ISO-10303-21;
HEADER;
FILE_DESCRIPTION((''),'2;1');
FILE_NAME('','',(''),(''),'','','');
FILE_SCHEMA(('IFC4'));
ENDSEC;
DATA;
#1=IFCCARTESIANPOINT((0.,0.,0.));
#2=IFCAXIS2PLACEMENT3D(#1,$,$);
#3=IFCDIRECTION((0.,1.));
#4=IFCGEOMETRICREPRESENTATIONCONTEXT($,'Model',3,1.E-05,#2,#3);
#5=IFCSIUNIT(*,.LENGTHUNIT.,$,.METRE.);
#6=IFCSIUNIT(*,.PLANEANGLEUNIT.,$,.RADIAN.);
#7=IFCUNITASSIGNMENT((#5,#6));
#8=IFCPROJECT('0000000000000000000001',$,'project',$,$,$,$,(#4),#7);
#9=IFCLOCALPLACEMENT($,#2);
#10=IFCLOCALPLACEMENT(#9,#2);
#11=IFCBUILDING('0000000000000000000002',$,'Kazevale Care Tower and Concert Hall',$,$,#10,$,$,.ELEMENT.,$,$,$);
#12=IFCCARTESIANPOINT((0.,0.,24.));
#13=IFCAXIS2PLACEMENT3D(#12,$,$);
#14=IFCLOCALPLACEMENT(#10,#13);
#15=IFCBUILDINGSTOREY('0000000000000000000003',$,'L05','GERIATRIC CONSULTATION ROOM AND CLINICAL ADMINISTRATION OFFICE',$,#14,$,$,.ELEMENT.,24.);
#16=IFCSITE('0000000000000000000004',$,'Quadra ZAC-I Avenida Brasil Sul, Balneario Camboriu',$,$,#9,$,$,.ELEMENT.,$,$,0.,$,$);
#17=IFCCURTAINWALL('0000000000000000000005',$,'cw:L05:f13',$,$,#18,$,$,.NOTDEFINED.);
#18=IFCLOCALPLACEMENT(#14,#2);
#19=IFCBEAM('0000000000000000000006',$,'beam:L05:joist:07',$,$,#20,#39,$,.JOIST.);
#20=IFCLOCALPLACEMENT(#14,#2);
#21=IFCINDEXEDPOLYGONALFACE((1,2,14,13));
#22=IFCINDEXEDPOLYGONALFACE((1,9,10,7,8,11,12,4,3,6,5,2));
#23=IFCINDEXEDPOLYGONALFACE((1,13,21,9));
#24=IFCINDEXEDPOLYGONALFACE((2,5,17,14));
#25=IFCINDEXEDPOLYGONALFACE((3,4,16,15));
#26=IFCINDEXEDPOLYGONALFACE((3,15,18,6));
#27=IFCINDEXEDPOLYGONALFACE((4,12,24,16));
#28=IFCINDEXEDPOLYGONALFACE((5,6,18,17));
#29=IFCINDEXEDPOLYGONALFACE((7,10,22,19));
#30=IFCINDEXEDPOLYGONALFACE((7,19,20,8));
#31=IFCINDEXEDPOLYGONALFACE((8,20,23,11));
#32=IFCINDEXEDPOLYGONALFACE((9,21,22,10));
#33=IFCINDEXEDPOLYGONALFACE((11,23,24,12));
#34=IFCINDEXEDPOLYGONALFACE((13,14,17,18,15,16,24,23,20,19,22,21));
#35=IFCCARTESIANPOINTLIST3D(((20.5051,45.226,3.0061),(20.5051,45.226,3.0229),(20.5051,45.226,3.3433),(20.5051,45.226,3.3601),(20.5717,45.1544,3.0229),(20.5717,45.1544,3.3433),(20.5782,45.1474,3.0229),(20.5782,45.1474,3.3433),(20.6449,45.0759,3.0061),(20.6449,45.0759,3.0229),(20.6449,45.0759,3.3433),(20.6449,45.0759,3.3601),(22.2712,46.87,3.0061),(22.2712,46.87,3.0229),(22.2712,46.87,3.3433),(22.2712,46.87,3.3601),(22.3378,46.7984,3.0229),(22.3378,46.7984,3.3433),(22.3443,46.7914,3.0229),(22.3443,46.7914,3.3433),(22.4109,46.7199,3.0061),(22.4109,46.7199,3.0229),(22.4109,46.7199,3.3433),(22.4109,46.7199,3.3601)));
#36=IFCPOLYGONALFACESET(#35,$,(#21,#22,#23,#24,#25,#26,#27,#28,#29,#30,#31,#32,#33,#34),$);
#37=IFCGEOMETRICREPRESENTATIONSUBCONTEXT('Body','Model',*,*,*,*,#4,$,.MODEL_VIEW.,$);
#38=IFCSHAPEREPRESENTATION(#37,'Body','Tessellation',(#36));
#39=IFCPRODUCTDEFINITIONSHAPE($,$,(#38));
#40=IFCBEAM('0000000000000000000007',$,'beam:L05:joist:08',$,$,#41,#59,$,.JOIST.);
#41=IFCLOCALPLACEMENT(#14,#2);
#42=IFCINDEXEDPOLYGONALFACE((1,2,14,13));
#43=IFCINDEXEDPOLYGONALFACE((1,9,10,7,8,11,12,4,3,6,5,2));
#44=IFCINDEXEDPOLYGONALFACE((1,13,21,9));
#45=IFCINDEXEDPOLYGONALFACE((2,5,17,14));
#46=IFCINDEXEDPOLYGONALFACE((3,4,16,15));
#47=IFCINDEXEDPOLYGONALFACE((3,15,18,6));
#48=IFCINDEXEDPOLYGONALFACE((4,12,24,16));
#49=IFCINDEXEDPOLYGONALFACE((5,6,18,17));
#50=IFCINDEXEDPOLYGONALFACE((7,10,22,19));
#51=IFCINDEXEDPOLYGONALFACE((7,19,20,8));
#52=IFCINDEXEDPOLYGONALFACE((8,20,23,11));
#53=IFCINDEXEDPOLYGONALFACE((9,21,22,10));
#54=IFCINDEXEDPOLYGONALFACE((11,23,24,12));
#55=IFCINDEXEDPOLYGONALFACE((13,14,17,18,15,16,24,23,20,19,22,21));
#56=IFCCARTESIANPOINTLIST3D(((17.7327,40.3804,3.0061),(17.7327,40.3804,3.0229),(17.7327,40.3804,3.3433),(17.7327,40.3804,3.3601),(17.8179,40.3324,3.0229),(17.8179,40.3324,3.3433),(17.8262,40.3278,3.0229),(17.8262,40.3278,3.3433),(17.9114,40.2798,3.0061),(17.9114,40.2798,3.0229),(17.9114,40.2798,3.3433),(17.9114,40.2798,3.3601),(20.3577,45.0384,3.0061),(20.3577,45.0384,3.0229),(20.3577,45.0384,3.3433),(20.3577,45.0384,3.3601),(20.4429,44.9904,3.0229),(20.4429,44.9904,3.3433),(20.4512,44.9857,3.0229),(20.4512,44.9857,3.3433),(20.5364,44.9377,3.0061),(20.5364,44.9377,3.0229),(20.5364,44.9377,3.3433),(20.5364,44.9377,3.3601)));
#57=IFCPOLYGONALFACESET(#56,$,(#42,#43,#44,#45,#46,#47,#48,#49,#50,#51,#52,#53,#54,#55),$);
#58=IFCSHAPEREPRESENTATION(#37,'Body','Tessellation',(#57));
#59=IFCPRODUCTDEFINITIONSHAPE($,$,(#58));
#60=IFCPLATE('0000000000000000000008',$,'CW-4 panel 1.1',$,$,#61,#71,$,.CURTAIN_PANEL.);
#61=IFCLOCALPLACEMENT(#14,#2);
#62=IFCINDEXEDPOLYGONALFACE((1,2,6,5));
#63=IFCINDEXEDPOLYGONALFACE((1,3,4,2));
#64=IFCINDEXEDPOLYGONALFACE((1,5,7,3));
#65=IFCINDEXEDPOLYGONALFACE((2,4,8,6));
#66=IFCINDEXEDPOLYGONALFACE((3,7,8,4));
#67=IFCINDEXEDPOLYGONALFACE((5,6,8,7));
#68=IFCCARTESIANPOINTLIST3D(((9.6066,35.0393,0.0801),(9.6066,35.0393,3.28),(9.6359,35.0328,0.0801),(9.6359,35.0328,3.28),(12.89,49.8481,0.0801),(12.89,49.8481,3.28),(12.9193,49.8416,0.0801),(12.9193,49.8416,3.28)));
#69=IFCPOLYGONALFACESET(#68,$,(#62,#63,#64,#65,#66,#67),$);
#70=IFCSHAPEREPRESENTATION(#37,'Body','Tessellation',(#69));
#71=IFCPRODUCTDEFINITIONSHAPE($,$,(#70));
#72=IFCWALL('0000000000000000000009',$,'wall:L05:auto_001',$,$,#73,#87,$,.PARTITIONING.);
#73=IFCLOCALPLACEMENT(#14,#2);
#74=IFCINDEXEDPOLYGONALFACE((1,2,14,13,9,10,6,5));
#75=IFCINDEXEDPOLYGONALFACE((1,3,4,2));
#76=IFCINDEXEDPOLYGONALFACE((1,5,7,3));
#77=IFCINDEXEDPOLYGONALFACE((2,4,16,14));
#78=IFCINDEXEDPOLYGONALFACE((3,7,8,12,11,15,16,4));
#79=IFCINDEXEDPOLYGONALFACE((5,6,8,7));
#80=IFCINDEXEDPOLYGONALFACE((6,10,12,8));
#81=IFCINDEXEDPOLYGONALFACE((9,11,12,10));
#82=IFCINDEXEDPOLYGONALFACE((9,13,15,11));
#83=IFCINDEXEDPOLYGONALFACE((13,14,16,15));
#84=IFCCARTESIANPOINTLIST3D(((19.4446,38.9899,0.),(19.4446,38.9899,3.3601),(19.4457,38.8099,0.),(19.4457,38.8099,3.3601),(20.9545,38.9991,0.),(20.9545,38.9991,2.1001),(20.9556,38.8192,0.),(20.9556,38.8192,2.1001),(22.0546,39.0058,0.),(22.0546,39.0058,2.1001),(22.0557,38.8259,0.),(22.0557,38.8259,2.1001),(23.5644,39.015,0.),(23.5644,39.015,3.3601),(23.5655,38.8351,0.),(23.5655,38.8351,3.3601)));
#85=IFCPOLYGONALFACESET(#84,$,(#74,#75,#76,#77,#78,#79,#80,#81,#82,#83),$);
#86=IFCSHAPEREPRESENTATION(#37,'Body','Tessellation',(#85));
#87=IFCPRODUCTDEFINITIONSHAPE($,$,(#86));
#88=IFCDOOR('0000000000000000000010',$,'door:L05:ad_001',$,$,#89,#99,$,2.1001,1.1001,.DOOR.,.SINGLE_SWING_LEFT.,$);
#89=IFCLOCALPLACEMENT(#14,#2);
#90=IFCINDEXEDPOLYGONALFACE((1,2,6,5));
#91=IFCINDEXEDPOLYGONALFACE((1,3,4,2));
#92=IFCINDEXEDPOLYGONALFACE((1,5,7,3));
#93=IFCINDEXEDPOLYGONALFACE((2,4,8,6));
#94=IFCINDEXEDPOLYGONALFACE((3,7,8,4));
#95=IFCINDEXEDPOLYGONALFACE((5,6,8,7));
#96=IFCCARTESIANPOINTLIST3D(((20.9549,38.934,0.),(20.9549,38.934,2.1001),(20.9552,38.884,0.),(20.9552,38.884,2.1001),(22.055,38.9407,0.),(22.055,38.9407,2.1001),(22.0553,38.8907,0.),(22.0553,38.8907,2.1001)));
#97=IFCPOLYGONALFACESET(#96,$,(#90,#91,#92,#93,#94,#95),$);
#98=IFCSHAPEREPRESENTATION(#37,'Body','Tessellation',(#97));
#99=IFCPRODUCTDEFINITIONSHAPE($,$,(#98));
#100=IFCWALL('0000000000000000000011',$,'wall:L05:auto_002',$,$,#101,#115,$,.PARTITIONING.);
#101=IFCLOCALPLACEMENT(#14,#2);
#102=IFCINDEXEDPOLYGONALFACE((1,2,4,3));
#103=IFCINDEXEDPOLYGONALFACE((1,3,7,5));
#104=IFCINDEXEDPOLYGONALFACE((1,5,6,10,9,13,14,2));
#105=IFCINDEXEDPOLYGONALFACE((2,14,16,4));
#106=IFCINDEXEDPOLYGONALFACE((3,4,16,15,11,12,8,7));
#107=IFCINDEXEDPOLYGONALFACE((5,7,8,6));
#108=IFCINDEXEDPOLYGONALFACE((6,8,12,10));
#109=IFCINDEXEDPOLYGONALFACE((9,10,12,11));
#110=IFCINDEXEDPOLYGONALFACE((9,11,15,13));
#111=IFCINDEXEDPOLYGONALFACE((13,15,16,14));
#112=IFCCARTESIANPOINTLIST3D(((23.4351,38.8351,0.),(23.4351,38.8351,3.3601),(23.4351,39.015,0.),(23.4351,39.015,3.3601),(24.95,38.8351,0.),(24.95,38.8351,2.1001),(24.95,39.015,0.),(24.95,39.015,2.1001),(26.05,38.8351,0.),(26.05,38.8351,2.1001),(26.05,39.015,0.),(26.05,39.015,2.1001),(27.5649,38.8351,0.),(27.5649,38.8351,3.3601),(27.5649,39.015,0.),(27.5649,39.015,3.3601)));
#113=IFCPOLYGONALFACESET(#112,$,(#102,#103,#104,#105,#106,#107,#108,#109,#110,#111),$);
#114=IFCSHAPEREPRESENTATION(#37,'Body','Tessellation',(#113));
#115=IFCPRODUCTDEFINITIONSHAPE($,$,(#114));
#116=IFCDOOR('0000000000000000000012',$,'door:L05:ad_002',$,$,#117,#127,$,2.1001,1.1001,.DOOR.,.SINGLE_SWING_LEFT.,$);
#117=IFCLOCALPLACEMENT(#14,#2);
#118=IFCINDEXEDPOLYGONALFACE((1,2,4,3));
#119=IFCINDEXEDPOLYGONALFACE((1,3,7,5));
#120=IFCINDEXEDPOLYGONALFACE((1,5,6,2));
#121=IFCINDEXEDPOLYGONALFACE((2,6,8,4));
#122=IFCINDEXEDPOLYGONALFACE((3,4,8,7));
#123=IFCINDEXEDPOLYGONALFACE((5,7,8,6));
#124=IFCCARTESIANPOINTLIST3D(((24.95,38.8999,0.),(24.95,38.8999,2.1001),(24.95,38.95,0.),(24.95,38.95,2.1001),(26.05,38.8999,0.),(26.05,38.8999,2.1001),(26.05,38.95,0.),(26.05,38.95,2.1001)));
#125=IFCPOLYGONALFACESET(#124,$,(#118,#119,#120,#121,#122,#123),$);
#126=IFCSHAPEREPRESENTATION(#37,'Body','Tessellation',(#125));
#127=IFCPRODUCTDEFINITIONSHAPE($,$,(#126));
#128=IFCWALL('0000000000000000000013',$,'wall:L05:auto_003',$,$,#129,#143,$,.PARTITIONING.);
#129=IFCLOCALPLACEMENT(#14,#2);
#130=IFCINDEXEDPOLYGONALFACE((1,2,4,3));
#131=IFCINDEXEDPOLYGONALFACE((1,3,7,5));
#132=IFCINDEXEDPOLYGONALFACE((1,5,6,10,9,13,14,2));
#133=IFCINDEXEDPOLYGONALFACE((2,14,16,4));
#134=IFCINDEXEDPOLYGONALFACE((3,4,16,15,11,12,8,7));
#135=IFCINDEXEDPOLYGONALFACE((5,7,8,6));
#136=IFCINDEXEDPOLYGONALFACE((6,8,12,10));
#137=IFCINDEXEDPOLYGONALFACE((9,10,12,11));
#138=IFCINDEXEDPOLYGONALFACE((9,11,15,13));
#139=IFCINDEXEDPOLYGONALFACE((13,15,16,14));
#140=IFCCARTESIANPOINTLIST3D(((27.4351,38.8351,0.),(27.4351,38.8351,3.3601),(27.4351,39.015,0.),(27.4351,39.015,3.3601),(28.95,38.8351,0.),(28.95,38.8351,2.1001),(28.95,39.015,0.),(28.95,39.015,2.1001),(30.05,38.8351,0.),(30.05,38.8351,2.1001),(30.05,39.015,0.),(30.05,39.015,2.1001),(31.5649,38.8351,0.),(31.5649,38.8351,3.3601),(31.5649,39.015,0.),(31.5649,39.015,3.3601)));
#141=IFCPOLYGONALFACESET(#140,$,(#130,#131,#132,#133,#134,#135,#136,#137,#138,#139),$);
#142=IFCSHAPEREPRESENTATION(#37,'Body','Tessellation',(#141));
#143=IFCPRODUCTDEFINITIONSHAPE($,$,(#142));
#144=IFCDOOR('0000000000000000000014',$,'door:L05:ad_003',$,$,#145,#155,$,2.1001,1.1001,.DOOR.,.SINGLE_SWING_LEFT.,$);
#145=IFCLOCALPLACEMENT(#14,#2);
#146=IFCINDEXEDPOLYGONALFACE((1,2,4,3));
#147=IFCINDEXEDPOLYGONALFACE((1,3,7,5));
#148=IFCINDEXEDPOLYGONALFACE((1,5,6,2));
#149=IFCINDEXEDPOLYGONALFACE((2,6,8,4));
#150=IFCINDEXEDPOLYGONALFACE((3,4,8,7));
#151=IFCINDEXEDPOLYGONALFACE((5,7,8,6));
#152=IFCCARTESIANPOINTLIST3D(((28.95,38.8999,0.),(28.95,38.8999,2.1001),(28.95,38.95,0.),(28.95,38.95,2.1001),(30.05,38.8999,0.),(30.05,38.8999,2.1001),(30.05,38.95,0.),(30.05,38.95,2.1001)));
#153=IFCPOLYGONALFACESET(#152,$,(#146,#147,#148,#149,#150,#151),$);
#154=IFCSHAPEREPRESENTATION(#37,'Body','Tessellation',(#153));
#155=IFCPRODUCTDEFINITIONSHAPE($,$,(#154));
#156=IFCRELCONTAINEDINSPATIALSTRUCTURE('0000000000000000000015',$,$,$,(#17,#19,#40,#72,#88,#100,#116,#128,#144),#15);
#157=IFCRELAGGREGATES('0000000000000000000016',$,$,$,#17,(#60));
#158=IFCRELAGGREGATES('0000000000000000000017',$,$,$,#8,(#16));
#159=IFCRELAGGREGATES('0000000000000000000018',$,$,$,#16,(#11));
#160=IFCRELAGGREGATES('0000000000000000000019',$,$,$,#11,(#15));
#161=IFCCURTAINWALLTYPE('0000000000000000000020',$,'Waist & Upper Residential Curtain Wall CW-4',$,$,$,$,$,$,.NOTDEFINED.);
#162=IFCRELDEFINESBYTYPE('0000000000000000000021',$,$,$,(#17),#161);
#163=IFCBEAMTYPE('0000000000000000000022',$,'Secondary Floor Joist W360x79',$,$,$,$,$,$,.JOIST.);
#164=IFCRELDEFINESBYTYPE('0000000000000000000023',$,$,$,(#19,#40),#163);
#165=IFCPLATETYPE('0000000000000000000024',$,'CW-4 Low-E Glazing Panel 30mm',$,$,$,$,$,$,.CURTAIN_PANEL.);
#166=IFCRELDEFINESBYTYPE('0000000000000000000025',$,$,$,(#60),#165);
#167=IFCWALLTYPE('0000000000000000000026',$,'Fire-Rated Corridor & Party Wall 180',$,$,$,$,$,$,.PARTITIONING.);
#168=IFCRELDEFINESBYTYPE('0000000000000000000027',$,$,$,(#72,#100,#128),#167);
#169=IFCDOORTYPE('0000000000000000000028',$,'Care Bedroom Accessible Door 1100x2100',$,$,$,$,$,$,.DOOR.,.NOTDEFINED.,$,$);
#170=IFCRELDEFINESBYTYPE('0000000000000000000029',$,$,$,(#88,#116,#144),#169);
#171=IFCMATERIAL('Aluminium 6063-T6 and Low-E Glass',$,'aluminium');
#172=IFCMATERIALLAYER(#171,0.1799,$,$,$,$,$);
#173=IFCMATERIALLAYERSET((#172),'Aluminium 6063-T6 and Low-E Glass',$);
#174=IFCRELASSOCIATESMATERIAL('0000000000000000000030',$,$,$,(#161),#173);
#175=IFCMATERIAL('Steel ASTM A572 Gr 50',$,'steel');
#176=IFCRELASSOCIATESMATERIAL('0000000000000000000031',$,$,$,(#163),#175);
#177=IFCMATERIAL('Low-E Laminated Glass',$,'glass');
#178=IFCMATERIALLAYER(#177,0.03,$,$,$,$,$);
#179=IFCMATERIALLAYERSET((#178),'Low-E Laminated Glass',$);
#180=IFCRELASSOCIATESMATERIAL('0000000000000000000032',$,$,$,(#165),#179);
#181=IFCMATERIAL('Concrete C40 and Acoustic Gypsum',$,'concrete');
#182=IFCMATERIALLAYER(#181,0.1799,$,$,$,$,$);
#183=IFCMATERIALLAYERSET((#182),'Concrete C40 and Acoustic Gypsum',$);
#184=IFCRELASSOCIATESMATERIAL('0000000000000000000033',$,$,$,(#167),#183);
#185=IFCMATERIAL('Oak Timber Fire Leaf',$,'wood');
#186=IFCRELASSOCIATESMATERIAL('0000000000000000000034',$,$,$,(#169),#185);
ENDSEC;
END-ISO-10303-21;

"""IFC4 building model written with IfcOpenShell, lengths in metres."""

from ifc_helpers import new_model, si_unit, direction, frame, frame_2d, origin, origin_2d, place, context, subcontext, project, spatial, rectangle, i_section, extrude, material, layer, layer_set, material_profile, profile_set, type_object, element, fill, aggregate, save


model = new_model("IFC4")

# Units and contexts
model_context = context("Model", 3, precision=1e-05, world=origin(), true_north=direction((0.0, 1.0)))
body_context = subcontext(model_context, "Body", "Model", "MODEL_VIEW")
ifc_project = project(units=[si_unit("LENGTHUNIT", "METRE"), si_unit("PLANEANGLEUNIT", "RADIAN")], contexts=[model_context])

# Site, building, storey
site_placement = place(None, origin())
site = spatial("IfcSite", under=ifc_project, at=site_placement, Name="Quadra ZAC-I Avenida Brasil Sul, Balneario Camboriu", CompositionType="ELEMENT", RefElevation=0.0)
building_placement = place(site_placement, origin())
building = spatial("IfcBuilding", under=site, at=building_placement, Name="Kazevale Care Tower and Concert Hall", CompositionType="ELEMENT")
storey_placement = place(building_placement, frame((0.0, 0.0, 24.0)))
storey = spatial("IfcBuildingStorey", under=building, at=storey_placement, Name="L05", Description="GERIATRIC CONSULTATION ROOM AND CLINICAL ADMINISTRATION OFFICE", CompositionType="ELEMENT", Elevation=24.0)

# Shared definitions
ifc_material_1 = material(Name="Aluminium 6063-T6 and Low-E Glass", Category="aluminium")

# Curtain wall
ifc_layer_1 = layer(ifc_material_1, 0.1799)
ifc_layer_set_1 = layer_set([ifc_layer_1], Name="Aluminium 6063-T6 and Low-E Glass")
curtain_wall_type_1 = type_object("IfcCurtainWallType", Name="Waist & Upper Residential Curtain Wall CW-4", PredefinedType="NOTDEFINED", material=ifc_layer_set_1)
curtain_wall_1_placement = place(storey_placement, origin())
curtain_wall_1 = element("IfcCurtainWall", 1, at=curtain_wall_1_placement, inside=storey, type_object=curtain_wall_type_1, Name="cw:L05:f13", PredefinedType="NOTDEFINED")

# Beams
ifc_material_2 = material(Name="Steel ASTM A572 Gr 50", Category="steel")
ifc_material_profile_1 = material_profile(ifc_material_2, i_section(OverallWidth=0.2051, OverallDepth=0.354, WebThickness=0.0095, FlangeThickness=0.0168, at=origin_2d()), Name="W360x79")
ifc_profile_set_1 = profile_set([ifc_material_profile_1], Name="Steel ASTM A572 Gr 50")
beam_type_1 = type_object("IfcBeamType", Name="Secondary Floor Joist W360x79", PredefinedType="JOIST", material=ifc_profile_set_1)
beam_1_placement = place(storey_placement, frame((22.3411, 46.7949, 3.1831), z_axis=(-0.73195, -0.681359, 0.0), x_axis=(0.681359, -0.73195, 0.0)))
element("IfcBeam", 2, at=beam_1_placement, inside=storey, type_object=beam_type_1, Name="beam:L05:joist:07", PredefinedType="JOIST", context=body_context, shape_type="SweptSolid", body=[
    extrude(i_section(OverallWidth=0.2051, OverallDepth=0.354, WebThickness=0.0095, FlangeThickness=0.0168, at=origin_2d()), origin(), (0.0, 0.0, 1.0), 2.4128),
])
beam_2_placement = place(storey_placement, frame((20.447, 44.988, 3.1831), z_axis=(-0.490957, -0.871184, 0.0), x_axis=(0.871184, -0.490957, 0.0)))
element("IfcBeam", 3, at=beam_2_placement, inside=storey, type_object=beam_type_1, Name="beam:L05:joist:08", PredefinedType="JOIST", context=body_context, shape_type="SweptSolid", body=[
    extrude(i_section(OverallWidth=0.2051, OverallDepth=0.354, WebThickness=0.0095, FlangeThickness=0.0168, at=origin_2d()), origin(), (0.0, 0.0, 1.0), 5.3467),
])

# Plate
ifc_material_3 = material(Name="Low-E Laminated Glass", Category="glass")
ifc_layer_2 = layer(ifc_material_3, 0.03)
ifc_layer_set_2 = layer_set([ifc_layer_2], Name="Low-E Laminated Glass")
plate_type = type_object("IfcPlateType", Name="CW-4 Low-E Glazing Panel 30mm", PredefinedType="CURTAIN_PANEL", material=ifc_layer_set_2)
plate_placement = place(storey_placement, frame((11.2629, 42.4404, 0.0801), z_axis=(0.0, 0.0, 1.0), x_axis=(0.216461, 0.976291, 0.0)))
plate = element("IfcPlate", 4, at=plate_placement, type_object=plate_type, Name="CW-4 panel 1.1", PredefinedType="CURTAIN_PANEL", context=body_context, shape_type="SweptSolid", body=[
    extrude(rectangle(XDim=15.1685, YDim=0.03, at=origin_2d()), origin(), (0.0, 0.0, 1.0), 3.2),
])
aggregate(curtain_wall_1, [plate])

# Walls, openings, doors
ifc_material_4 = material(Name="Concrete C40 and Acoustic Gypsum", Category="concrete")
ifc_layer_3 = layer(ifc_material_4, 0.1799)
ifc_layer_set_3 = layer_set([ifc_layer_3], Name="Concrete C40 and Acoustic Gypsum")
wall_type_1 = type_object("IfcWallType", Name="Fire-Rated Corridor & Party Wall 180", PredefinedType="PARTITIONING", material=ifc_layer_set_3)
wall_1_placement = place(storey_placement, frame((19.4451, 38.8999, 0.0), z_axis=(0.0, 0.0, 1.0), x_axis=(0.999981, 0.006104, 0.0)))
wall_1 = element("IfcWall", 5, at=wall_1_placement, inside=storey, type_object=wall_type_1, Name="wall:L05:auto_001", PredefinedType="PARTITIONING", context=body_context, shape_type="SweptSolid", body=[
    extrude(rectangle(XDim=4.1199, YDim=0.1799, at=frame_2d((2.0601, 0.0))), origin(), (0.0, 0.0, 1.0), 3.3601),
])
opening_1_placement = place(wall_1_placement, frame((1.51, 0.0, 0.0)))
opening_1 = element("IfcOpeningElement", 6, at=opening_1_placement, cuts=wall_1, PredefinedType="OPENING", context=body_context, shape_type="SweptSolid", body=[
    extrude(rectangle(XDim=1.1001, YDim=2.1001, at=frame_2d((0.55, 1.05))), frame((0.0, 0.0999, 0.0), z_axis=(0.0, -1.0, 0.0), x_axis=(1.0, 0.0, 0.0)), (0.0, 0.0, 1.0), 0.2),
])
ifc_material_5 = material(Name="Oak Timber Fire Leaf", Category="wood")
door_type_1 = type_object("IfcDoorType", Name="Care Bedroom Accessible Door 1100x2100", OperationType="NOTDEFINED", PredefinedType="DOOR", material=ifc_material_5)
door_1_placement = place(opening_1_placement, origin())
door_1 = element("IfcDoor", 7, at=door_1_placement, inside=storey, type_object=door_type_1, Name="door:L05:ad_001", OperationType="SINGLE_SWING_LEFT", OverallHeight=2.1001, OverallWidth=1.1001, PredefinedType="DOOR", context=body_context, shape_type="SweptSolid", body=[
    extrude(rectangle(XDim=1.1001, YDim=2.1001, at=frame_2d((0.55, 1.05))), frame((0.0, 0.0249, 0.0), z_axis=(0.0, -1.0, 0.0), x_axis=(1.0, 0.0, 0.0)), (0.0, 0.0, 1.0), 0.05),
])
fill(opening_1, door_1)
wall_2_placement = place(storey_placement, frame((23.4351, 38.925, 0.0), z_axis=(0.0, 0.0, 1.0), x_axis=(1.0, 0.0, 0.0)))
wall_2 = element("IfcWall", 8, at=wall_2_placement, inside=storey, type_object=wall_type_1, Name="wall:L05:auto_002", PredefinedType="PARTITIONING", context=body_context, shape_type="SweptSolid", body=[
    extrude(rectangle(XDim=4.1299, YDim=0.1799, at=frame_2d((2.0649, 0.0))), origin(), (0.0, 0.0, 1.0), 3.3601),
])
opening_2_placement = place(wall_2_placement, frame((1.5149, 0.0, 0.0)))
opening_2 = element("IfcOpeningElement", 9, at=opening_2_placement, cuts=wall_2, PredefinedType="OPENING", context=body_context, shape_type="SweptSolid", body=[
    extrude(rectangle(XDim=1.1001, YDim=2.1001, at=frame_2d((0.55, 1.05))), frame((0.0, 0.0999, 0.0), z_axis=(0.0, -1.0, 0.0), x_axis=(1.0, 0.0, 0.0)), (0.0, 0.0, 1.0), 0.2),
])
door_2_placement = place(opening_2_placement, origin())
door_2 = element("IfcDoor", 10, at=door_2_placement, inside=storey, type_object=door_type_1, Name="door:L05:ad_002", OperationType="SINGLE_SWING_LEFT", OverallHeight=2.1001, OverallWidth=1.1001, PredefinedType="DOOR", context=body_context, shape_type="SweptSolid", body=[
    extrude(rectangle(XDim=1.1001, YDim=2.1001, at=frame_2d((0.55, 1.05))), frame((0.0, 0.0249, 0.0), z_axis=(0.0, -1.0, 0.0), x_axis=(1.0, 0.0, 0.0)), (0.0, 0.0, 1.0), 0.05),
])
fill(opening_2, door_2)
wall_3_placement = place(storey_placement, frame((27.4351, 38.925, 0.0), z_axis=(0.0, 0.0, 1.0), x_axis=(1.0, 0.0, 0.0)))
wall_3 = element("IfcWall", 11, at=wall_3_placement, inside=storey, type_object=wall_type_1, Name="wall:L05:auto_003", PredefinedType="PARTITIONING", context=body_context, shape_type="SweptSolid", body=[
    extrude(rectangle(XDim=4.1299, YDim=0.1799, at=frame_2d((2.0649, 0.0))), origin(), (0.0, 0.0, 1.0), 3.3601),
])
opening_3_placement = place(wall_3_placement, frame((1.5149, 0.0, 0.0)))
opening_3 = element("IfcOpeningElement", 12, at=opening_3_placement, cuts=wall_3, PredefinedType="OPENING", context=body_context, shape_type="SweptSolid", body=[
    extrude(rectangle(XDim=1.1001, YDim=2.1001, at=frame_2d((0.55, 1.05))), frame((0.0, 0.0999, 0.0), z_axis=(0.0, -1.0, 0.0), x_axis=(1.0, 0.0, 0.0)), (0.0, 0.0, 1.0), 0.2),
])
door_3_placement = place(opening_3_placement, origin())
door_3 = element("IfcDoor", 13, at=door_3_placement, inside=storey, type_object=door_type_1, Name="door:L05:ad_003", OperationType="SINGLE_SWING_LEFT", OverallHeight=2.1001, OverallWidth=1.1001, PredefinedType="DOOR", context=body_context, shape_type="SweptSolid", body=[
    extrude(rectangle(XDim=1.1001, YDim=2.1001, at=frame_2d((0.55, 1.05))), frame((0.0, 0.0249, 0.0), z_axis=(0.0, -1.0, 0.0), x_axis=(1.0, 0.0, 0.0)), (0.0, 0.0, 1.0), 0.05),
])
fill(opening_3, door_3)

save(model, "model.ifc")
